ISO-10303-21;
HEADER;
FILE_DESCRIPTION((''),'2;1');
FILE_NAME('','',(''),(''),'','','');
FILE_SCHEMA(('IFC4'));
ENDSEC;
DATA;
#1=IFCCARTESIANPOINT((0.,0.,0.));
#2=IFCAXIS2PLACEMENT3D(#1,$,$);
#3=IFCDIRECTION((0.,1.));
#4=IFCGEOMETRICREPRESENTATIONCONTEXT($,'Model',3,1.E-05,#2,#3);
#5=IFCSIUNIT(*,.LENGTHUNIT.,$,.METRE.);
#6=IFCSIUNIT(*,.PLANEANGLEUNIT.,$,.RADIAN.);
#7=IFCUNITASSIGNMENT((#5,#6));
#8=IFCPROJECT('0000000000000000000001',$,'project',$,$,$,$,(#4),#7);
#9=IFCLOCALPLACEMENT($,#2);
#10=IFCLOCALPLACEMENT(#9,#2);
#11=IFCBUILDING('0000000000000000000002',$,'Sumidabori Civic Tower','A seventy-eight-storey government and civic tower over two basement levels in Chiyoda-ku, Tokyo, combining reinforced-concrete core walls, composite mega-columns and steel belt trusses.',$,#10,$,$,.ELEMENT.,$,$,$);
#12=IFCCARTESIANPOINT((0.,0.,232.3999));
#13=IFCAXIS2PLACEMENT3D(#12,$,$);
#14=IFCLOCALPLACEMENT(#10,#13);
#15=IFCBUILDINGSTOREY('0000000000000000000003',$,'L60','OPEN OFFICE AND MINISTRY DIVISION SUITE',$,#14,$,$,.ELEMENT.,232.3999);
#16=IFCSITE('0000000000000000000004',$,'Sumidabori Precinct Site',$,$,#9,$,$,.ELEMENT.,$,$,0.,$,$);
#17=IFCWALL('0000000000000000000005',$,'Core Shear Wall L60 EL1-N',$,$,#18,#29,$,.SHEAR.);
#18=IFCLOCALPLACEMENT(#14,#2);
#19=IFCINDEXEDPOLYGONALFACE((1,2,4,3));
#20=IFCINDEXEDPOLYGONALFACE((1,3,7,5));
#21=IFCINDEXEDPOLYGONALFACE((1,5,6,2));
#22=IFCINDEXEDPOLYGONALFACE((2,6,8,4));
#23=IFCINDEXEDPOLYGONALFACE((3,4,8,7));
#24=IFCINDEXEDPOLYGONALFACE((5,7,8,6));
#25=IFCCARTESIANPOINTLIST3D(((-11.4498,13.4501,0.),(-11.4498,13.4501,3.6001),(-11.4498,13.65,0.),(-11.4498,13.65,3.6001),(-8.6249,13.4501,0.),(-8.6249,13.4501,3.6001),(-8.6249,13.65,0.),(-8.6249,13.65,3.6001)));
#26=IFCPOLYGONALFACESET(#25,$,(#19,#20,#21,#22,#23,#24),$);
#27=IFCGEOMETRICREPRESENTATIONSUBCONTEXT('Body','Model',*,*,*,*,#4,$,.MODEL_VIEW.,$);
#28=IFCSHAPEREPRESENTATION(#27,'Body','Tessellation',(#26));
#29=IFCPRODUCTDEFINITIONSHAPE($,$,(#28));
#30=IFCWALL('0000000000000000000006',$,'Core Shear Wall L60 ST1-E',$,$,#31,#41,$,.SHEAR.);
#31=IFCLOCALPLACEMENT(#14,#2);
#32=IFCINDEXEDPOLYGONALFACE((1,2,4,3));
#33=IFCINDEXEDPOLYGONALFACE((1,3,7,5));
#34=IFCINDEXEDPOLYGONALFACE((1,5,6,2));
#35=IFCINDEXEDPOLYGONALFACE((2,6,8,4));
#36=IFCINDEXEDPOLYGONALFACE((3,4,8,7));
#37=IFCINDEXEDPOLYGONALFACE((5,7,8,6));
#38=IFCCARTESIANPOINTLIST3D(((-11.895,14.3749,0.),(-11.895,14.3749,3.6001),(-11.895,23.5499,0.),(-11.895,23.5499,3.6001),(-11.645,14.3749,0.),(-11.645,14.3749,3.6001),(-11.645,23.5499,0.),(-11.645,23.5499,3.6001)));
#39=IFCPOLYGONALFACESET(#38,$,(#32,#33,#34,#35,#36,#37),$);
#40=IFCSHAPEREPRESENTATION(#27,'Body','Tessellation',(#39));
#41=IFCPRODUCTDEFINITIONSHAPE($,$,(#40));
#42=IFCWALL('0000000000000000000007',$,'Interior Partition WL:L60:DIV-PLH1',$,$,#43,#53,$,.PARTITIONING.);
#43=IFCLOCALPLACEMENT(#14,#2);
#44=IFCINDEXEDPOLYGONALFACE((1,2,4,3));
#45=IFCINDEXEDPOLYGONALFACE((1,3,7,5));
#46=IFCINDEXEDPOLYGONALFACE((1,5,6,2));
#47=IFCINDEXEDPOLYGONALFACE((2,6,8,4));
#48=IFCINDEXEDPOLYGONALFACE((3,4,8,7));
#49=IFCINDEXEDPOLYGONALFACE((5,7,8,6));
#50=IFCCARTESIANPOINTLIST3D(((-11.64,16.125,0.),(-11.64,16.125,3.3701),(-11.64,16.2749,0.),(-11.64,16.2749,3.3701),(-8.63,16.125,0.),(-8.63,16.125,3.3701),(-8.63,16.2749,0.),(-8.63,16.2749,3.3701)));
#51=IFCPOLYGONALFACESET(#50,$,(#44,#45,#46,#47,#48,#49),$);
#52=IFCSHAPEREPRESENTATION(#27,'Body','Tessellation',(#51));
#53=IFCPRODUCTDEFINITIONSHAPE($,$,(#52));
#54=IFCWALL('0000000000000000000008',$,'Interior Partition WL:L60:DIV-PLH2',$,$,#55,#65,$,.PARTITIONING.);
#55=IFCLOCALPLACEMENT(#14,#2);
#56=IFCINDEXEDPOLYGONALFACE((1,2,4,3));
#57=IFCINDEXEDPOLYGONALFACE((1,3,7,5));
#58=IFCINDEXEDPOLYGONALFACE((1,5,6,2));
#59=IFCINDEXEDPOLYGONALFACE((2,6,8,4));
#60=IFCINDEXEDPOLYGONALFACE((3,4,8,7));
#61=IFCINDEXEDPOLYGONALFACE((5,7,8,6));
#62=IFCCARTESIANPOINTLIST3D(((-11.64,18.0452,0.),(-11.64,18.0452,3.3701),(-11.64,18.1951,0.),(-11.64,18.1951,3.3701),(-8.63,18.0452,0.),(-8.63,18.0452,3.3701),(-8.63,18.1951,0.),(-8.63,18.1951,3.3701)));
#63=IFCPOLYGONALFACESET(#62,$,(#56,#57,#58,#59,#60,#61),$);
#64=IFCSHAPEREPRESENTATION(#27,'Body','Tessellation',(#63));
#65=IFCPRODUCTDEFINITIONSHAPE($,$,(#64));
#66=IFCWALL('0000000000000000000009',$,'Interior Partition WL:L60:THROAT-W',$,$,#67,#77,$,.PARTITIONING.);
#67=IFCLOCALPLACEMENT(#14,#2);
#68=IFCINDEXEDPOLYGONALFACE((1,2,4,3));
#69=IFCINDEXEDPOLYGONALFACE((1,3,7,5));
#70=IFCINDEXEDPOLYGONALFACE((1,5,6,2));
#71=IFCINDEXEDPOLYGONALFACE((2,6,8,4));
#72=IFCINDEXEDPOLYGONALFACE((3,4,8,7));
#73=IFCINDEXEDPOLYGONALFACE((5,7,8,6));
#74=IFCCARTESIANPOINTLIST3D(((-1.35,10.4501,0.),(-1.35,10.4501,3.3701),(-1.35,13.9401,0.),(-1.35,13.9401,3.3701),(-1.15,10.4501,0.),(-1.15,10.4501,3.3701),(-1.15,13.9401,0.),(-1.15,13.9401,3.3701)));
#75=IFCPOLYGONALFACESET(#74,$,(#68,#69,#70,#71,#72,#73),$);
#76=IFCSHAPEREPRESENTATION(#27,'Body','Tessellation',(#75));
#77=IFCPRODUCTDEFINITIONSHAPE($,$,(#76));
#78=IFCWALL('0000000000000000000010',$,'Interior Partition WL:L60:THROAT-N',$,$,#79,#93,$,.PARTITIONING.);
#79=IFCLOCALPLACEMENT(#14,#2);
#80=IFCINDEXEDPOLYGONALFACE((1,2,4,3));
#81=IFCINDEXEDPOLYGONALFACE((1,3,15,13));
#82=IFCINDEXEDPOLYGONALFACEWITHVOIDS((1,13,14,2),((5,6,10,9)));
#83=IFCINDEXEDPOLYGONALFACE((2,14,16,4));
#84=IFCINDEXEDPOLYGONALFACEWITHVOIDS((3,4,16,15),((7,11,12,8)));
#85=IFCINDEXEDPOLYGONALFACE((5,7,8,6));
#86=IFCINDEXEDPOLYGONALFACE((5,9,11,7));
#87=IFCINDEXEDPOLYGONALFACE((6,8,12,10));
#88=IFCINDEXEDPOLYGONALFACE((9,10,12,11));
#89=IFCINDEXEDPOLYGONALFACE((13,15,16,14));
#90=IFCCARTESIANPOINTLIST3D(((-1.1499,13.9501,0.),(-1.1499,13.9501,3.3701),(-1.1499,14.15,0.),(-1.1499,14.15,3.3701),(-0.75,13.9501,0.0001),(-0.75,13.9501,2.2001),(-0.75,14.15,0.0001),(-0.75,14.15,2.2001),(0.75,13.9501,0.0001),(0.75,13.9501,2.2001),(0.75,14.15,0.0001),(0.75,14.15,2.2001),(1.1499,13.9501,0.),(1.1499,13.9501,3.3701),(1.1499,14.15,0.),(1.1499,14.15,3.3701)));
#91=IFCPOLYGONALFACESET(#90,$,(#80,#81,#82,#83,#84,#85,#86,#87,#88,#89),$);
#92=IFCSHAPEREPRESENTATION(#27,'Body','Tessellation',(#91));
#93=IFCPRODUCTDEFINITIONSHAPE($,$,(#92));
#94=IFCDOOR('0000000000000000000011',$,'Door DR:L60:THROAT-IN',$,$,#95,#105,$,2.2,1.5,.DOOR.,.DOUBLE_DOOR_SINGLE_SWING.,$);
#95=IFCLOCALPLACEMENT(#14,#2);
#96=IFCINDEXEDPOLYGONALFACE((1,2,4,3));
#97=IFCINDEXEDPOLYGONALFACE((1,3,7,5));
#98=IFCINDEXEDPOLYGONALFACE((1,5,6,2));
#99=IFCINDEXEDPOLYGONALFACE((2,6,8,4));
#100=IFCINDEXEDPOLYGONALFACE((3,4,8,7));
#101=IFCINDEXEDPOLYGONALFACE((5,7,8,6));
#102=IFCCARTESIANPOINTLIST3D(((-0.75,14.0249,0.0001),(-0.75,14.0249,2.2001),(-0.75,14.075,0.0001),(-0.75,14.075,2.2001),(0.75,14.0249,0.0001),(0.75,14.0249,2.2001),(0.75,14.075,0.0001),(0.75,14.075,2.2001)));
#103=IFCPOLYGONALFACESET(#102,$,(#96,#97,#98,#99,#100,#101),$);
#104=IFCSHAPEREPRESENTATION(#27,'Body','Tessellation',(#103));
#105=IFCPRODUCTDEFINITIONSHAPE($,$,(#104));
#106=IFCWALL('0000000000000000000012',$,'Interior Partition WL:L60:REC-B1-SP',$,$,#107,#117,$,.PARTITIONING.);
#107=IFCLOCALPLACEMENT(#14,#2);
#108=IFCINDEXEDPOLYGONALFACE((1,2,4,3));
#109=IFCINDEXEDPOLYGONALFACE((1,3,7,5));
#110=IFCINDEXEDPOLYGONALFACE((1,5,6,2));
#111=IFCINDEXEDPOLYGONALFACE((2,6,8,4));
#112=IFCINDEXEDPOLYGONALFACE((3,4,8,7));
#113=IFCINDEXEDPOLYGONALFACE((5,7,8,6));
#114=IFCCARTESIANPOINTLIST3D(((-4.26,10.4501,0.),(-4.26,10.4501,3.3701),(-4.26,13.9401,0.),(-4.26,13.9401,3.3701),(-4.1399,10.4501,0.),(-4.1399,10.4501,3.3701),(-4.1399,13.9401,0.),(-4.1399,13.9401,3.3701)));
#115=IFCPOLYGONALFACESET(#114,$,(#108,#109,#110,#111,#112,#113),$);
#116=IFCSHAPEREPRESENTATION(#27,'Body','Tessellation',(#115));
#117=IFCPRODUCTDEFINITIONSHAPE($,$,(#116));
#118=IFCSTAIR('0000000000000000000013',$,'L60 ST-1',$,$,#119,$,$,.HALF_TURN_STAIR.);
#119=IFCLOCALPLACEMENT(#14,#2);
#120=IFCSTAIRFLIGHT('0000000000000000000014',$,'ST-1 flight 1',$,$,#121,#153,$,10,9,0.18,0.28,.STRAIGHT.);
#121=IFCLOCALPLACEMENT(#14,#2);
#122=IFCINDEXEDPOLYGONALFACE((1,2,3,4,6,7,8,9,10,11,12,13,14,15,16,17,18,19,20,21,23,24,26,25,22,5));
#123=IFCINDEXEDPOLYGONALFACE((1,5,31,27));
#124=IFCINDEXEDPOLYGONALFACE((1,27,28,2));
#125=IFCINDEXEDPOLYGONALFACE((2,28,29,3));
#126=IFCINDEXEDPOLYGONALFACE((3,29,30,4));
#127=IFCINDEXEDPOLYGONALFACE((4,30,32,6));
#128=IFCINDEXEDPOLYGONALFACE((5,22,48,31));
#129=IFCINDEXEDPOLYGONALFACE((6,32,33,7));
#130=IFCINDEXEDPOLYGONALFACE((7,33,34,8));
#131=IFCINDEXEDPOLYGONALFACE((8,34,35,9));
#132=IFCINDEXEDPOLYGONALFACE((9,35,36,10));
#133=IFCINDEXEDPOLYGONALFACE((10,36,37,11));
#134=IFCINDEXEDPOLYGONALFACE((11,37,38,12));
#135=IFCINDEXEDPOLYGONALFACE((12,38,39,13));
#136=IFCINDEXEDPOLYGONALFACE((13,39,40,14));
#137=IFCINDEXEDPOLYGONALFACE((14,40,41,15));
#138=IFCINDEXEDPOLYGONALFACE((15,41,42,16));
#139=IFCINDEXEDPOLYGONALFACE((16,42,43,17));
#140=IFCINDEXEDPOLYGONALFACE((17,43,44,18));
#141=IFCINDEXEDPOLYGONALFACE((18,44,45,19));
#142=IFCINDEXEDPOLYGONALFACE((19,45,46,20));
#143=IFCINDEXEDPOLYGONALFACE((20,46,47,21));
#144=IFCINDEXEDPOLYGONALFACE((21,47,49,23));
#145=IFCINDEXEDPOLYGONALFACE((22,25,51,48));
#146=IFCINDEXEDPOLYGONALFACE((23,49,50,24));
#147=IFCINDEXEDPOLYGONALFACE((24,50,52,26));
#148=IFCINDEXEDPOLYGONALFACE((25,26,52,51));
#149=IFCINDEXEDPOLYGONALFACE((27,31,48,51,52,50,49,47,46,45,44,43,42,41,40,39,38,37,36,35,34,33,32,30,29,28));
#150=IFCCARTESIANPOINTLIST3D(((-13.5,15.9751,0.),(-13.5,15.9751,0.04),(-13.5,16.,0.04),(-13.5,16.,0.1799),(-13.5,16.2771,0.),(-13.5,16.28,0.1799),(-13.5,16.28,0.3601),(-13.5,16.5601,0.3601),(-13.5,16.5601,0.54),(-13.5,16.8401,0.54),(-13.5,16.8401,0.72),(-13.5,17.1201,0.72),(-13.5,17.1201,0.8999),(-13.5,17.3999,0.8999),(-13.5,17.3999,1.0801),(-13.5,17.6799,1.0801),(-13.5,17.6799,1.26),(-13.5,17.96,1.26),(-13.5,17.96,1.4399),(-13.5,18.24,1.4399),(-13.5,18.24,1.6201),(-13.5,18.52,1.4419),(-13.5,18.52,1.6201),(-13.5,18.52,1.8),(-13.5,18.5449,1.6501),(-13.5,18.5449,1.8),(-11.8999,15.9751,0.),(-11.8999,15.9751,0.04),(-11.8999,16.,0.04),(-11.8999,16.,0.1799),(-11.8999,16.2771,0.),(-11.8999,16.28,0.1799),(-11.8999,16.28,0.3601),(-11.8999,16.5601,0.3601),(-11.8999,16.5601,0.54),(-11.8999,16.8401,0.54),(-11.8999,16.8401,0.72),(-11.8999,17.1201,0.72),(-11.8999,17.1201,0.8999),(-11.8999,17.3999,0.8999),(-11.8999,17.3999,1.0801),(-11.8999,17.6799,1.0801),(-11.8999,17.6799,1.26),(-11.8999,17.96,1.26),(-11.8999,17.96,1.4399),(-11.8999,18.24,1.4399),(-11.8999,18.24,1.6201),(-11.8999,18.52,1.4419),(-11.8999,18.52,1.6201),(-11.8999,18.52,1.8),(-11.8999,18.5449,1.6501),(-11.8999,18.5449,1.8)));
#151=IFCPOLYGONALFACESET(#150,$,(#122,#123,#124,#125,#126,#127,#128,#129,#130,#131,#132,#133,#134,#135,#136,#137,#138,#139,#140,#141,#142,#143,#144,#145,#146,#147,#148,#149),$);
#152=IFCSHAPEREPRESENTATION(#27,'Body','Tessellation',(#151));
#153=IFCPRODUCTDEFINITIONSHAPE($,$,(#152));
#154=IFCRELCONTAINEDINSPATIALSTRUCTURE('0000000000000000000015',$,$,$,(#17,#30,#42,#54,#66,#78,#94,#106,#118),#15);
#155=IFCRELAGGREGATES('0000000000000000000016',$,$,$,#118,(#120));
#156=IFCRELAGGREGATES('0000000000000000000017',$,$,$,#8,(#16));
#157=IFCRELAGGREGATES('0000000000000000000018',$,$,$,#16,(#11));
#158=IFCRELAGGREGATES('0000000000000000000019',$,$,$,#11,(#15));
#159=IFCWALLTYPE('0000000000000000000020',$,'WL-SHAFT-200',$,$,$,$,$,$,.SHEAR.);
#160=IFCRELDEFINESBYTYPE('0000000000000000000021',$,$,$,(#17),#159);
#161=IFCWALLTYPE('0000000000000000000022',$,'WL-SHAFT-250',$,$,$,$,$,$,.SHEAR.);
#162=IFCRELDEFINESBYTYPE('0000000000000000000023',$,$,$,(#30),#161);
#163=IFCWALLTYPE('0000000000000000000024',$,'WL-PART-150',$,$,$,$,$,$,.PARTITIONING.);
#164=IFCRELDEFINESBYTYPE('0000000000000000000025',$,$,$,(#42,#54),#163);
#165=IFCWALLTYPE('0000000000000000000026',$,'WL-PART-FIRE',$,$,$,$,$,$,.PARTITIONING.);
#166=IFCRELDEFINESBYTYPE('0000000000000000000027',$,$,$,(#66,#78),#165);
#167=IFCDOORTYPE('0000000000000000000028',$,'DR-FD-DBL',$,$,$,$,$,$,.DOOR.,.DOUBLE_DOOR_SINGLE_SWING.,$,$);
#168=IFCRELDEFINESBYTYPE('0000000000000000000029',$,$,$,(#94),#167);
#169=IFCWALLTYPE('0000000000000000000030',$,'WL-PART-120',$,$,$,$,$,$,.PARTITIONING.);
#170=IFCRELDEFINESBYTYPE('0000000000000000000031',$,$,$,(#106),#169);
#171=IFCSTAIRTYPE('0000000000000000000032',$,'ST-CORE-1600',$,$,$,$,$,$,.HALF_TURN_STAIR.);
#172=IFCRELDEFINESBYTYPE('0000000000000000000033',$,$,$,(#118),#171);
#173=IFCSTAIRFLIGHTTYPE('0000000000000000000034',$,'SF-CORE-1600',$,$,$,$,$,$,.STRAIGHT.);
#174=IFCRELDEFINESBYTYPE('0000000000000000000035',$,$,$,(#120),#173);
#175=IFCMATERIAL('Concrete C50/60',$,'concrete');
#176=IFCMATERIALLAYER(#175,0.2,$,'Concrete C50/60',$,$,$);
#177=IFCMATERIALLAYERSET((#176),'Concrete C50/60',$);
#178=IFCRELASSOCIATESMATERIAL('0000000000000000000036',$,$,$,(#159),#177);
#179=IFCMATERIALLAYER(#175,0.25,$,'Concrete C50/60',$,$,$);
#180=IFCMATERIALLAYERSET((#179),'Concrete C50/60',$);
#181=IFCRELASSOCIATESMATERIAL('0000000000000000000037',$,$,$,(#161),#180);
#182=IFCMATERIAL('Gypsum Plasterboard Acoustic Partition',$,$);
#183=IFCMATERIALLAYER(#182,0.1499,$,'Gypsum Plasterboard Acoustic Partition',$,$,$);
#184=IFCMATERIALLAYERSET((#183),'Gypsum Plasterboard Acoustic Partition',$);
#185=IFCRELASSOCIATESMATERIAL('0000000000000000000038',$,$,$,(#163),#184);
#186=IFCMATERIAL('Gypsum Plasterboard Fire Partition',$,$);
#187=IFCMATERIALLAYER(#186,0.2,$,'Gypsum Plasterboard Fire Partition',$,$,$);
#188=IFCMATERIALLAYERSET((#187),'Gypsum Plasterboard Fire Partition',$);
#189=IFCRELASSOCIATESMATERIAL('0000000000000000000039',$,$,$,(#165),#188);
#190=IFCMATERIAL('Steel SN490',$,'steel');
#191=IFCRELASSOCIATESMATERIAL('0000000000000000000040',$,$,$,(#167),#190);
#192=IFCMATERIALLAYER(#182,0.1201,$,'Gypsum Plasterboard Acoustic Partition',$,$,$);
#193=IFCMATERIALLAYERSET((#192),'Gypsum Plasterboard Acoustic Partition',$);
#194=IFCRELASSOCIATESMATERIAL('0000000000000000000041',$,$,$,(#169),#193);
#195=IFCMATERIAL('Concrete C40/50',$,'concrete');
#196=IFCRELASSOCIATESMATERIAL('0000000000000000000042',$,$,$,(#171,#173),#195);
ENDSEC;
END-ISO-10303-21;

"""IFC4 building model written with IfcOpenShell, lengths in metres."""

from ifc_helpers import new_model, si_unit, direction, frame, frame_2d, origin, place, context, subcontext, project, spatial, polyline, rectangle, outline, extrude, source, transform, mapped, material, layer, layer_set, type_object, element, fill, aggregate, save


model = new_model("IFC4")

# Units and contexts
model_context = context("Model", 3, precision=1e-05, world=origin(), true_north=direction((0.0, 1.0)))
body_context = subcontext(model_context, "Body", "Model", "MODEL_VIEW")
ifc_project = project(units=[si_unit("LENGTHUNIT", "METRE"), si_unit("PLANEANGLEUNIT", "RADIAN")], contexts=[model_context])

# Site, building, storey
site_placement = place(None, origin())
site = spatial("IfcSite", under=ifc_project, at=site_placement, Name="Sumidabori Precinct Site", CompositionType="ELEMENT", RefElevation=0.0)
building_placement = place(site_placement, origin())
building = spatial("IfcBuilding", under=site, at=building_placement, Name="Sumidabori Civic Tower", Description="A seventy-eight-storey government and civic tower over two basement levels in Chiyoda-ku, Tokyo, combining reinforced-concrete core walls, composite mega-columns and steel belt trusses.", CompositionType="ELEMENT")
storey_placement = place(building_placement, frame((0.0, 0.0, 232.3999)))
storey = spatial("IfcBuildingStorey", under=building, at=storey_placement, Name="L60", Description="OPEN OFFICE AND MINISTRY DIVISION SUITE", CompositionType="ELEMENT", Elevation=232.3999)

# Wall
ifc_material_1 = material(Name="Concrete C50/60", Category="concrete")
ifc_layer_1 = layer(ifc_material_1, 0.2, Name="Concrete C50/60")
ifc_layer_set_1 = layer_set([ifc_layer_1], Name="Concrete C50/60")
wall_type_1 = type_object("IfcWallType", Name="WL-SHAFT-200", PredefinedType="SHEAR", material=ifc_layer_set_1)
shared_shape_1 = source(origin(), body_context, "Body", "SweptSolid", [
    extrude(rectangle(XDim=2.825, YDim=0.2, at=frame_2d((1.4126, 0.0))), origin(), (0.0, 0.0, 1.0), 3.6001),
])
wall_1_placement = place(storey_placement, frame((-11.45, 13.55, 0.0), z_axis=(0.0, 0.0, 1.0), x_axis=(1.0, 0.0, 0.0)))
element("IfcWall", 1, at=wall_1_placement, inside=storey, type_object=wall_type_1, Name="Core Shear Wall L60 EL1-N", PredefinedType="SHEAR", context=body_context, shape_type="MappedRepresentation", body=[
    mapped(shared_shape_1, transform((0.0, 0.0, 0.0), x_axis=(1.0, 0.0, 0.0), y_axis=(0.0, 1.0, 0.0), z_axis=(0.0, 0.0, 1.0), scale=1.0)),
])

# Shared definitions
ifc_layer_2 = layer(ifc_material_1, 0.25, Name="Concrete C50/60")
ifc_layer_set_2 = layer_set([ifc_layer_2], Name="Concrete C50/60")
wall_type_2 = type_object("IfcWallType", Name="WL-SHAFT-250", PredefinedType="SHEAR", material=ifc_layer_set_2)

# Wall
shared_shape_2 = source(origin(), body_context, "Body", "SweptSolid", [
    extrude(rectangle(XDim=9.175, YDim=0.25, at=frame_2d((4.5874, 0.0))), origin(), (0.0, 0.0, 1.0), 3.6001),
])
wall_2_placement = place(storey_placement, frame((-11.77, 14.375, 0.0), z_axis=(0.0, 0.0, 1.0), x_axis=(0.0, 1.0, 0.0)))
element("IfcWall", 2, at=wall_2_placement, inside=storey, type_object=wall_type_2, Name="Core Shear Wall L60 ST1-E", PredefinedType="SHEAR", context=body_context, shape_type="MappedRepresentation", body=[
    mapped(shared_shape_2, transform((0.0, 0.0, 0.0), x_axis=(1.0, 0.0, 0.0), y_axis=(0.0, 1.0, 0.0), z_axis=(0.0, 0.0, 1.0), scale=1.0)),
])

# Walls
ifc_material_2 = material(Name="Gypsum Plasterboard Acoustic Partition")
ifc_layer_3 = layer(ifc_material_2, 0.1499, Name="Gypsum Plasterboard Acoustic Partition")
ifc_layer_set_3 = layer_set([ifc_layer_3], Name="Gypsum Plasterboard Acoustic Partition")
wall_type_3 = type_object("IfcWallType", Name="WL-PART-150", PredefinedType="PARTITIONING", material=ifc_layer_set_3)
shared_shape_3 = source(origin(), body_context, "Body", "SweptSolid", [
    extrude(rectangle(XDim=3.01, YDim=0.1499, at=frame_2d((1.5049, 0.0))), origin(), (0.0, 0.0, 1.0), 3.3701),
])
for number, where, z_axis, x_axis, name in (
    (3, (-11.6399, 16.2, 0.0), (0.0, 0.0, 1.0), (1.0, 0.0, 0.0), "Interior Partition WL:L60:DIV-PLH1"),
    (4, (-11.6399, 18.1201, 0.0), (0.0, 0.0, 1.0), (1.0, 0.0, 0.0), "Interior Partition WL:L60:DIV-PLH2"),
):
    element("IfcWall", number, at=place(storey_placement, frame(where, z_axis=z_axis, x_axis=x_axis)), inside=storey, type_object=wall_type_3, Name=name, PredefinedType="PARTITIONING", context=body_context, shape_type="MappedRepresentation", body=[
        mapped(shared_shape_3, transform((0.0, 0.0, 0.0), x_axis=(1.0, 0.0, 0.0), y_axis=(0.0, 1.0, 0.0), z_axis=(0.0, 0.0, 1.0), scale=1.0)),
    ])

# Shared definitions
ifc_material_3 = material(Name="Gypsum Plasterboard Fire Partition")
ifc_layer_4 = layer(ifc_material_3, 0.2, Name="Gypsum Plasterboard Fire Partition")
ifc_layer_set_4 = layer_set([ifc_layer_4], Name="Gypsum Plasterboard Fire Partition")
wall_type_4 = type_object("IfcWallType", Name="WL-PART-FIRE", PredefinedType="PARTITIONING", material=ifc_layer_set_4)

# Wall
shared_shape_4 = source(origin(), body_context, "Body", "SweptSolid", [
    extrude(rectangle(XDim=3.49, YDim=0.2, at=frame_2d((1.7451, 0.0))), origin(), (0.0, 0.0, 1.0), 3.3701),
])
wall_3_placement = place(storey_placement, frame((-1.25, 10.45, 0.0), z_axis=(0.0, 0.0, 1.0), x_axis=(0.0, 1.0, 0.0)))
element("IfcWall", 5, at=wall_3_placement, inside=storey, type_object=wall_type_4, Name="Interior Partition WL:L60:THROAT-W", PredefinedType="PARTITIONING", context=body_context, shape_type="MappedRepresentation", body=[
    mapped(shared_shape_4, transform((0.0, 0.0, 0.0), x_axis=(1.0, 0.0, 0.0), y_axis=(0.0, 1.0, 0.0), z_axis=(0.0, 0.0, 1.0), scale=1.0)),
])

# Wall, opening, door
shared_shape_5 = source(origin(), body_context, "Body", "SweptSolid", [
    extrude(rectangle(XDim=2.2998, YDim=0.2, at=frame_2d((1.1499, 0.0))), origin(), (0.0, 0.0, 1.0), 3.3701),
])
wall_4_placement = place(storey_placement, frame((-1.1499, 14.05, 0.0), z_axis=(0.0, 0.0, 1.0), x_axis=(1.0, 0.0, 0.0)))
wall_4 = element("IfcWall", 6, at=wall_4_placement, inside=storey, type_object=wall_type_4, Name="Interior Partition WL:L60:THROAT-N", PredefinedType="PARTITIONING", context=body_context, shape_type="MappedRepresentation", body=[
    mapped(shared_shape_5, transform((0.0, 0.0, 0.0), x_axis=(1.0, 0.0, 0.0), y_axis=(0.0, 1.0, 0.0), z_axis=(0.0, 0.0, 1.0), scale=1.0)),
])
opening_1_placement = place(wall_4_placement, frame((0.3999, 0.0, 0.0)))
opening_1 = element("IfcOpeningElement", 7, at=opening_1_placement, cuts=wall_4, PredefinedType="OPENING", context=body_context, shape_type="SweptSolid", body=[
    extrude(rectangle(XDim=1.5, YDim=2.2, at=frame_2d((0.75, 1.1001))), frame((0.0, 0.1118, 0.0), z_axis=(0.0, -1.0, 0.0), x_axis=(1.0, 0.0, 0.0)), (0.0, 0.0, 1.0), 0.2239),
])
ifc_material_4 = material(Name="Steel SN490", Category="steel")
door_type_1 = type_object("IfcDoorType", Name="DR-FD-DBL", OperationType="DOUBLE_DOOR_SINGLE_SWING", PredefinedType="DOOR", material=ifc_material_4)
shared_shape_6 = source(origin(), body_context, "Body", "SweptSolid", [
    extrude(rectangle(XDim=1.5, YDim=2.2, at=frame_2d((0.75, 1.1001))), frame((0.0, 0.0249, 0.0), z_axis=(0.0, -1.0, 0.0), x_axis=(1.0, 0.0, 0.0)), (0.0, 0.0, 1.0), 0.05),
])
door_1_placement = place(opening_1_placement, origin())
door_1 = element("IfcDoor", 8, at=door_1_placement, inside=storey, type_object=door_type_1, Name="Door DR:L60:THROAT-IN", OperationType="DOUBLE_DOOR_SINGLE_SWING", OverallHeight=2.2, OverallWidth=1.5, PredefinedType="DOOR", context=body_context, shape_type="MappedRepresentation", body=[
    mapped(shared_shape_6, transform((0.0, 0.0, 0.0), x_axis=(1.0, 0.0, 0.0), y_axis=(0.0, 1.0, 0.0), z_axis=(0.0, 0.0, 1.0), scale=1.0)),
])
fill(opening_1, door_1)

# Wall
ifc_layer_5 = layer(ifc_material_2, 0.1201, Name="Gypsum Plasterboard Acoustic Partition")
ifc_layer_set_5 = layer_set([ifc_layer_5], Name="Gypsum Plasterboard Acoustic Partition")
wall_type_5 = type_object("IfcWallType", Name="WL-PART-120", PredefinedType="PARTITIONING", material=ifc_layer_set_5)
shared_shape_7 = source(origin(), body_context, "Body", "SweptSolid", [
    extrude(rectangle(XDim=3.49, YDim=0.1201, at=frame_2d((1.7451, 0.0))), origin(), (0.0, 0.0, 1.0), 3.3701),
])
wall_5_placement = place(storey_placement, frame((-4.2, 10.45, 0.0), z_axis=(0.0, 0.0, 1.0), x_axis=(0.0, 1.0, 0.0)))
element("IfcWall", 9, at=wall_5_placement, inside=storey, type_object=wall_type_5, Name="Interior Partition WL:L60:REC-B1-SP", PredefinedType="PARTITIONING", context=body_context, shape_type="MappedRepresentation", body=[
    mapped(shared_shape_7, transform((0.0, 0.0, 0.0), x_axis=(1.0, 0.0, 0.0), y_axis=(0.0, 1.0, 0.0), z_axis=(0.0, 0.0, 1.0), scale=1.0)),
])

# Stair, stair flight
ifc_material_5 = material(Name="Concrete C40/50", Category="concrete")
stair_type = type_object("IfcStairType", Name="ST-CORE-1600", PredefinedType="HALF_TURN_STAIR", material=ifc_material_5)
stair_placement = place(storey_placement, origin())
stair = element("IfcStair", 10, at=stair_placement, inside=storey, type_object=stair_type, Name="L60 ST-1", PredefinedType="HALF_TURN_STAIR")
stair_flight_type = type_object("IfcStairFlightType", Name="SF-CORE-1600", PredefinedType="STRAIGHT", material=ifc_material_5)
shared_shape_8 = source(origin(), body_context, "Body", "SweptSolid", [
    extrude(outline(polyline([(-0.0249, 0.0), (-0.0249, 0.04), (0.0, 0.04), (0.0, 0.1799), (0.28, 0.1799), (0.28, 0.3601), (0.5601, 0.3601), (0.5601, 0.54), (0.8401, 0.54), (0.8401, 0.72), (1.1201, 0.72), (1.1201, 0.8999), (1.3999, 0.8999), (1.3999, 1.0801), (1.6799, 1.0801), (1.6799, 1.26), (1.96, 1.26), (1.96, 1.4399), (2.24, 1.4399), (2.24, 1.6201), (2.52, 1.6201), (2.52, 1.8), (2.5449, 1.8), (2.5449, 1.6501), (2.52, 1.4419), (0.2771, 0.0), (-0.0249, 0.0)])), frame((0.0, 0.8, 0.0), z_axis=(0.0, -1.0, 0.0), x_axis=(1.0, 0.0, 0.0)), (0.0, 0.0, 1.0), 1.6001),
])
stair_flight_placement = place(storey_placement, frame((-12.7, 16.0, 0.0), z_axis=(0.0, 0.0, 1.0), x_axis=(0.0, 1.0, 0.0)))
stair_flight = element("IfcStairFlight", 11, at=stair_flight_placement, type_object=stair_flight_type, Name="ST-1 flight 1", NumberOfRisers=10, NumberOfTreads=9, PredefinedType="STRAIGHT", RiserHeight=0.18, TreadLength=0.28, context=body_context, shape_type="MappedRepresentation", body=[
    mapped(shared_shape_8, transform((0.0, 0.0, 0.0), x_axis=(1.0, 0.0, 0.0), y_axis=(0.0, 1.0, 0.0), z_axis=(0.0, 0.0, 1.0), scale=1.0)),
])
aggregate(stair, [stair_flight])

save(model, "model.ifc")
